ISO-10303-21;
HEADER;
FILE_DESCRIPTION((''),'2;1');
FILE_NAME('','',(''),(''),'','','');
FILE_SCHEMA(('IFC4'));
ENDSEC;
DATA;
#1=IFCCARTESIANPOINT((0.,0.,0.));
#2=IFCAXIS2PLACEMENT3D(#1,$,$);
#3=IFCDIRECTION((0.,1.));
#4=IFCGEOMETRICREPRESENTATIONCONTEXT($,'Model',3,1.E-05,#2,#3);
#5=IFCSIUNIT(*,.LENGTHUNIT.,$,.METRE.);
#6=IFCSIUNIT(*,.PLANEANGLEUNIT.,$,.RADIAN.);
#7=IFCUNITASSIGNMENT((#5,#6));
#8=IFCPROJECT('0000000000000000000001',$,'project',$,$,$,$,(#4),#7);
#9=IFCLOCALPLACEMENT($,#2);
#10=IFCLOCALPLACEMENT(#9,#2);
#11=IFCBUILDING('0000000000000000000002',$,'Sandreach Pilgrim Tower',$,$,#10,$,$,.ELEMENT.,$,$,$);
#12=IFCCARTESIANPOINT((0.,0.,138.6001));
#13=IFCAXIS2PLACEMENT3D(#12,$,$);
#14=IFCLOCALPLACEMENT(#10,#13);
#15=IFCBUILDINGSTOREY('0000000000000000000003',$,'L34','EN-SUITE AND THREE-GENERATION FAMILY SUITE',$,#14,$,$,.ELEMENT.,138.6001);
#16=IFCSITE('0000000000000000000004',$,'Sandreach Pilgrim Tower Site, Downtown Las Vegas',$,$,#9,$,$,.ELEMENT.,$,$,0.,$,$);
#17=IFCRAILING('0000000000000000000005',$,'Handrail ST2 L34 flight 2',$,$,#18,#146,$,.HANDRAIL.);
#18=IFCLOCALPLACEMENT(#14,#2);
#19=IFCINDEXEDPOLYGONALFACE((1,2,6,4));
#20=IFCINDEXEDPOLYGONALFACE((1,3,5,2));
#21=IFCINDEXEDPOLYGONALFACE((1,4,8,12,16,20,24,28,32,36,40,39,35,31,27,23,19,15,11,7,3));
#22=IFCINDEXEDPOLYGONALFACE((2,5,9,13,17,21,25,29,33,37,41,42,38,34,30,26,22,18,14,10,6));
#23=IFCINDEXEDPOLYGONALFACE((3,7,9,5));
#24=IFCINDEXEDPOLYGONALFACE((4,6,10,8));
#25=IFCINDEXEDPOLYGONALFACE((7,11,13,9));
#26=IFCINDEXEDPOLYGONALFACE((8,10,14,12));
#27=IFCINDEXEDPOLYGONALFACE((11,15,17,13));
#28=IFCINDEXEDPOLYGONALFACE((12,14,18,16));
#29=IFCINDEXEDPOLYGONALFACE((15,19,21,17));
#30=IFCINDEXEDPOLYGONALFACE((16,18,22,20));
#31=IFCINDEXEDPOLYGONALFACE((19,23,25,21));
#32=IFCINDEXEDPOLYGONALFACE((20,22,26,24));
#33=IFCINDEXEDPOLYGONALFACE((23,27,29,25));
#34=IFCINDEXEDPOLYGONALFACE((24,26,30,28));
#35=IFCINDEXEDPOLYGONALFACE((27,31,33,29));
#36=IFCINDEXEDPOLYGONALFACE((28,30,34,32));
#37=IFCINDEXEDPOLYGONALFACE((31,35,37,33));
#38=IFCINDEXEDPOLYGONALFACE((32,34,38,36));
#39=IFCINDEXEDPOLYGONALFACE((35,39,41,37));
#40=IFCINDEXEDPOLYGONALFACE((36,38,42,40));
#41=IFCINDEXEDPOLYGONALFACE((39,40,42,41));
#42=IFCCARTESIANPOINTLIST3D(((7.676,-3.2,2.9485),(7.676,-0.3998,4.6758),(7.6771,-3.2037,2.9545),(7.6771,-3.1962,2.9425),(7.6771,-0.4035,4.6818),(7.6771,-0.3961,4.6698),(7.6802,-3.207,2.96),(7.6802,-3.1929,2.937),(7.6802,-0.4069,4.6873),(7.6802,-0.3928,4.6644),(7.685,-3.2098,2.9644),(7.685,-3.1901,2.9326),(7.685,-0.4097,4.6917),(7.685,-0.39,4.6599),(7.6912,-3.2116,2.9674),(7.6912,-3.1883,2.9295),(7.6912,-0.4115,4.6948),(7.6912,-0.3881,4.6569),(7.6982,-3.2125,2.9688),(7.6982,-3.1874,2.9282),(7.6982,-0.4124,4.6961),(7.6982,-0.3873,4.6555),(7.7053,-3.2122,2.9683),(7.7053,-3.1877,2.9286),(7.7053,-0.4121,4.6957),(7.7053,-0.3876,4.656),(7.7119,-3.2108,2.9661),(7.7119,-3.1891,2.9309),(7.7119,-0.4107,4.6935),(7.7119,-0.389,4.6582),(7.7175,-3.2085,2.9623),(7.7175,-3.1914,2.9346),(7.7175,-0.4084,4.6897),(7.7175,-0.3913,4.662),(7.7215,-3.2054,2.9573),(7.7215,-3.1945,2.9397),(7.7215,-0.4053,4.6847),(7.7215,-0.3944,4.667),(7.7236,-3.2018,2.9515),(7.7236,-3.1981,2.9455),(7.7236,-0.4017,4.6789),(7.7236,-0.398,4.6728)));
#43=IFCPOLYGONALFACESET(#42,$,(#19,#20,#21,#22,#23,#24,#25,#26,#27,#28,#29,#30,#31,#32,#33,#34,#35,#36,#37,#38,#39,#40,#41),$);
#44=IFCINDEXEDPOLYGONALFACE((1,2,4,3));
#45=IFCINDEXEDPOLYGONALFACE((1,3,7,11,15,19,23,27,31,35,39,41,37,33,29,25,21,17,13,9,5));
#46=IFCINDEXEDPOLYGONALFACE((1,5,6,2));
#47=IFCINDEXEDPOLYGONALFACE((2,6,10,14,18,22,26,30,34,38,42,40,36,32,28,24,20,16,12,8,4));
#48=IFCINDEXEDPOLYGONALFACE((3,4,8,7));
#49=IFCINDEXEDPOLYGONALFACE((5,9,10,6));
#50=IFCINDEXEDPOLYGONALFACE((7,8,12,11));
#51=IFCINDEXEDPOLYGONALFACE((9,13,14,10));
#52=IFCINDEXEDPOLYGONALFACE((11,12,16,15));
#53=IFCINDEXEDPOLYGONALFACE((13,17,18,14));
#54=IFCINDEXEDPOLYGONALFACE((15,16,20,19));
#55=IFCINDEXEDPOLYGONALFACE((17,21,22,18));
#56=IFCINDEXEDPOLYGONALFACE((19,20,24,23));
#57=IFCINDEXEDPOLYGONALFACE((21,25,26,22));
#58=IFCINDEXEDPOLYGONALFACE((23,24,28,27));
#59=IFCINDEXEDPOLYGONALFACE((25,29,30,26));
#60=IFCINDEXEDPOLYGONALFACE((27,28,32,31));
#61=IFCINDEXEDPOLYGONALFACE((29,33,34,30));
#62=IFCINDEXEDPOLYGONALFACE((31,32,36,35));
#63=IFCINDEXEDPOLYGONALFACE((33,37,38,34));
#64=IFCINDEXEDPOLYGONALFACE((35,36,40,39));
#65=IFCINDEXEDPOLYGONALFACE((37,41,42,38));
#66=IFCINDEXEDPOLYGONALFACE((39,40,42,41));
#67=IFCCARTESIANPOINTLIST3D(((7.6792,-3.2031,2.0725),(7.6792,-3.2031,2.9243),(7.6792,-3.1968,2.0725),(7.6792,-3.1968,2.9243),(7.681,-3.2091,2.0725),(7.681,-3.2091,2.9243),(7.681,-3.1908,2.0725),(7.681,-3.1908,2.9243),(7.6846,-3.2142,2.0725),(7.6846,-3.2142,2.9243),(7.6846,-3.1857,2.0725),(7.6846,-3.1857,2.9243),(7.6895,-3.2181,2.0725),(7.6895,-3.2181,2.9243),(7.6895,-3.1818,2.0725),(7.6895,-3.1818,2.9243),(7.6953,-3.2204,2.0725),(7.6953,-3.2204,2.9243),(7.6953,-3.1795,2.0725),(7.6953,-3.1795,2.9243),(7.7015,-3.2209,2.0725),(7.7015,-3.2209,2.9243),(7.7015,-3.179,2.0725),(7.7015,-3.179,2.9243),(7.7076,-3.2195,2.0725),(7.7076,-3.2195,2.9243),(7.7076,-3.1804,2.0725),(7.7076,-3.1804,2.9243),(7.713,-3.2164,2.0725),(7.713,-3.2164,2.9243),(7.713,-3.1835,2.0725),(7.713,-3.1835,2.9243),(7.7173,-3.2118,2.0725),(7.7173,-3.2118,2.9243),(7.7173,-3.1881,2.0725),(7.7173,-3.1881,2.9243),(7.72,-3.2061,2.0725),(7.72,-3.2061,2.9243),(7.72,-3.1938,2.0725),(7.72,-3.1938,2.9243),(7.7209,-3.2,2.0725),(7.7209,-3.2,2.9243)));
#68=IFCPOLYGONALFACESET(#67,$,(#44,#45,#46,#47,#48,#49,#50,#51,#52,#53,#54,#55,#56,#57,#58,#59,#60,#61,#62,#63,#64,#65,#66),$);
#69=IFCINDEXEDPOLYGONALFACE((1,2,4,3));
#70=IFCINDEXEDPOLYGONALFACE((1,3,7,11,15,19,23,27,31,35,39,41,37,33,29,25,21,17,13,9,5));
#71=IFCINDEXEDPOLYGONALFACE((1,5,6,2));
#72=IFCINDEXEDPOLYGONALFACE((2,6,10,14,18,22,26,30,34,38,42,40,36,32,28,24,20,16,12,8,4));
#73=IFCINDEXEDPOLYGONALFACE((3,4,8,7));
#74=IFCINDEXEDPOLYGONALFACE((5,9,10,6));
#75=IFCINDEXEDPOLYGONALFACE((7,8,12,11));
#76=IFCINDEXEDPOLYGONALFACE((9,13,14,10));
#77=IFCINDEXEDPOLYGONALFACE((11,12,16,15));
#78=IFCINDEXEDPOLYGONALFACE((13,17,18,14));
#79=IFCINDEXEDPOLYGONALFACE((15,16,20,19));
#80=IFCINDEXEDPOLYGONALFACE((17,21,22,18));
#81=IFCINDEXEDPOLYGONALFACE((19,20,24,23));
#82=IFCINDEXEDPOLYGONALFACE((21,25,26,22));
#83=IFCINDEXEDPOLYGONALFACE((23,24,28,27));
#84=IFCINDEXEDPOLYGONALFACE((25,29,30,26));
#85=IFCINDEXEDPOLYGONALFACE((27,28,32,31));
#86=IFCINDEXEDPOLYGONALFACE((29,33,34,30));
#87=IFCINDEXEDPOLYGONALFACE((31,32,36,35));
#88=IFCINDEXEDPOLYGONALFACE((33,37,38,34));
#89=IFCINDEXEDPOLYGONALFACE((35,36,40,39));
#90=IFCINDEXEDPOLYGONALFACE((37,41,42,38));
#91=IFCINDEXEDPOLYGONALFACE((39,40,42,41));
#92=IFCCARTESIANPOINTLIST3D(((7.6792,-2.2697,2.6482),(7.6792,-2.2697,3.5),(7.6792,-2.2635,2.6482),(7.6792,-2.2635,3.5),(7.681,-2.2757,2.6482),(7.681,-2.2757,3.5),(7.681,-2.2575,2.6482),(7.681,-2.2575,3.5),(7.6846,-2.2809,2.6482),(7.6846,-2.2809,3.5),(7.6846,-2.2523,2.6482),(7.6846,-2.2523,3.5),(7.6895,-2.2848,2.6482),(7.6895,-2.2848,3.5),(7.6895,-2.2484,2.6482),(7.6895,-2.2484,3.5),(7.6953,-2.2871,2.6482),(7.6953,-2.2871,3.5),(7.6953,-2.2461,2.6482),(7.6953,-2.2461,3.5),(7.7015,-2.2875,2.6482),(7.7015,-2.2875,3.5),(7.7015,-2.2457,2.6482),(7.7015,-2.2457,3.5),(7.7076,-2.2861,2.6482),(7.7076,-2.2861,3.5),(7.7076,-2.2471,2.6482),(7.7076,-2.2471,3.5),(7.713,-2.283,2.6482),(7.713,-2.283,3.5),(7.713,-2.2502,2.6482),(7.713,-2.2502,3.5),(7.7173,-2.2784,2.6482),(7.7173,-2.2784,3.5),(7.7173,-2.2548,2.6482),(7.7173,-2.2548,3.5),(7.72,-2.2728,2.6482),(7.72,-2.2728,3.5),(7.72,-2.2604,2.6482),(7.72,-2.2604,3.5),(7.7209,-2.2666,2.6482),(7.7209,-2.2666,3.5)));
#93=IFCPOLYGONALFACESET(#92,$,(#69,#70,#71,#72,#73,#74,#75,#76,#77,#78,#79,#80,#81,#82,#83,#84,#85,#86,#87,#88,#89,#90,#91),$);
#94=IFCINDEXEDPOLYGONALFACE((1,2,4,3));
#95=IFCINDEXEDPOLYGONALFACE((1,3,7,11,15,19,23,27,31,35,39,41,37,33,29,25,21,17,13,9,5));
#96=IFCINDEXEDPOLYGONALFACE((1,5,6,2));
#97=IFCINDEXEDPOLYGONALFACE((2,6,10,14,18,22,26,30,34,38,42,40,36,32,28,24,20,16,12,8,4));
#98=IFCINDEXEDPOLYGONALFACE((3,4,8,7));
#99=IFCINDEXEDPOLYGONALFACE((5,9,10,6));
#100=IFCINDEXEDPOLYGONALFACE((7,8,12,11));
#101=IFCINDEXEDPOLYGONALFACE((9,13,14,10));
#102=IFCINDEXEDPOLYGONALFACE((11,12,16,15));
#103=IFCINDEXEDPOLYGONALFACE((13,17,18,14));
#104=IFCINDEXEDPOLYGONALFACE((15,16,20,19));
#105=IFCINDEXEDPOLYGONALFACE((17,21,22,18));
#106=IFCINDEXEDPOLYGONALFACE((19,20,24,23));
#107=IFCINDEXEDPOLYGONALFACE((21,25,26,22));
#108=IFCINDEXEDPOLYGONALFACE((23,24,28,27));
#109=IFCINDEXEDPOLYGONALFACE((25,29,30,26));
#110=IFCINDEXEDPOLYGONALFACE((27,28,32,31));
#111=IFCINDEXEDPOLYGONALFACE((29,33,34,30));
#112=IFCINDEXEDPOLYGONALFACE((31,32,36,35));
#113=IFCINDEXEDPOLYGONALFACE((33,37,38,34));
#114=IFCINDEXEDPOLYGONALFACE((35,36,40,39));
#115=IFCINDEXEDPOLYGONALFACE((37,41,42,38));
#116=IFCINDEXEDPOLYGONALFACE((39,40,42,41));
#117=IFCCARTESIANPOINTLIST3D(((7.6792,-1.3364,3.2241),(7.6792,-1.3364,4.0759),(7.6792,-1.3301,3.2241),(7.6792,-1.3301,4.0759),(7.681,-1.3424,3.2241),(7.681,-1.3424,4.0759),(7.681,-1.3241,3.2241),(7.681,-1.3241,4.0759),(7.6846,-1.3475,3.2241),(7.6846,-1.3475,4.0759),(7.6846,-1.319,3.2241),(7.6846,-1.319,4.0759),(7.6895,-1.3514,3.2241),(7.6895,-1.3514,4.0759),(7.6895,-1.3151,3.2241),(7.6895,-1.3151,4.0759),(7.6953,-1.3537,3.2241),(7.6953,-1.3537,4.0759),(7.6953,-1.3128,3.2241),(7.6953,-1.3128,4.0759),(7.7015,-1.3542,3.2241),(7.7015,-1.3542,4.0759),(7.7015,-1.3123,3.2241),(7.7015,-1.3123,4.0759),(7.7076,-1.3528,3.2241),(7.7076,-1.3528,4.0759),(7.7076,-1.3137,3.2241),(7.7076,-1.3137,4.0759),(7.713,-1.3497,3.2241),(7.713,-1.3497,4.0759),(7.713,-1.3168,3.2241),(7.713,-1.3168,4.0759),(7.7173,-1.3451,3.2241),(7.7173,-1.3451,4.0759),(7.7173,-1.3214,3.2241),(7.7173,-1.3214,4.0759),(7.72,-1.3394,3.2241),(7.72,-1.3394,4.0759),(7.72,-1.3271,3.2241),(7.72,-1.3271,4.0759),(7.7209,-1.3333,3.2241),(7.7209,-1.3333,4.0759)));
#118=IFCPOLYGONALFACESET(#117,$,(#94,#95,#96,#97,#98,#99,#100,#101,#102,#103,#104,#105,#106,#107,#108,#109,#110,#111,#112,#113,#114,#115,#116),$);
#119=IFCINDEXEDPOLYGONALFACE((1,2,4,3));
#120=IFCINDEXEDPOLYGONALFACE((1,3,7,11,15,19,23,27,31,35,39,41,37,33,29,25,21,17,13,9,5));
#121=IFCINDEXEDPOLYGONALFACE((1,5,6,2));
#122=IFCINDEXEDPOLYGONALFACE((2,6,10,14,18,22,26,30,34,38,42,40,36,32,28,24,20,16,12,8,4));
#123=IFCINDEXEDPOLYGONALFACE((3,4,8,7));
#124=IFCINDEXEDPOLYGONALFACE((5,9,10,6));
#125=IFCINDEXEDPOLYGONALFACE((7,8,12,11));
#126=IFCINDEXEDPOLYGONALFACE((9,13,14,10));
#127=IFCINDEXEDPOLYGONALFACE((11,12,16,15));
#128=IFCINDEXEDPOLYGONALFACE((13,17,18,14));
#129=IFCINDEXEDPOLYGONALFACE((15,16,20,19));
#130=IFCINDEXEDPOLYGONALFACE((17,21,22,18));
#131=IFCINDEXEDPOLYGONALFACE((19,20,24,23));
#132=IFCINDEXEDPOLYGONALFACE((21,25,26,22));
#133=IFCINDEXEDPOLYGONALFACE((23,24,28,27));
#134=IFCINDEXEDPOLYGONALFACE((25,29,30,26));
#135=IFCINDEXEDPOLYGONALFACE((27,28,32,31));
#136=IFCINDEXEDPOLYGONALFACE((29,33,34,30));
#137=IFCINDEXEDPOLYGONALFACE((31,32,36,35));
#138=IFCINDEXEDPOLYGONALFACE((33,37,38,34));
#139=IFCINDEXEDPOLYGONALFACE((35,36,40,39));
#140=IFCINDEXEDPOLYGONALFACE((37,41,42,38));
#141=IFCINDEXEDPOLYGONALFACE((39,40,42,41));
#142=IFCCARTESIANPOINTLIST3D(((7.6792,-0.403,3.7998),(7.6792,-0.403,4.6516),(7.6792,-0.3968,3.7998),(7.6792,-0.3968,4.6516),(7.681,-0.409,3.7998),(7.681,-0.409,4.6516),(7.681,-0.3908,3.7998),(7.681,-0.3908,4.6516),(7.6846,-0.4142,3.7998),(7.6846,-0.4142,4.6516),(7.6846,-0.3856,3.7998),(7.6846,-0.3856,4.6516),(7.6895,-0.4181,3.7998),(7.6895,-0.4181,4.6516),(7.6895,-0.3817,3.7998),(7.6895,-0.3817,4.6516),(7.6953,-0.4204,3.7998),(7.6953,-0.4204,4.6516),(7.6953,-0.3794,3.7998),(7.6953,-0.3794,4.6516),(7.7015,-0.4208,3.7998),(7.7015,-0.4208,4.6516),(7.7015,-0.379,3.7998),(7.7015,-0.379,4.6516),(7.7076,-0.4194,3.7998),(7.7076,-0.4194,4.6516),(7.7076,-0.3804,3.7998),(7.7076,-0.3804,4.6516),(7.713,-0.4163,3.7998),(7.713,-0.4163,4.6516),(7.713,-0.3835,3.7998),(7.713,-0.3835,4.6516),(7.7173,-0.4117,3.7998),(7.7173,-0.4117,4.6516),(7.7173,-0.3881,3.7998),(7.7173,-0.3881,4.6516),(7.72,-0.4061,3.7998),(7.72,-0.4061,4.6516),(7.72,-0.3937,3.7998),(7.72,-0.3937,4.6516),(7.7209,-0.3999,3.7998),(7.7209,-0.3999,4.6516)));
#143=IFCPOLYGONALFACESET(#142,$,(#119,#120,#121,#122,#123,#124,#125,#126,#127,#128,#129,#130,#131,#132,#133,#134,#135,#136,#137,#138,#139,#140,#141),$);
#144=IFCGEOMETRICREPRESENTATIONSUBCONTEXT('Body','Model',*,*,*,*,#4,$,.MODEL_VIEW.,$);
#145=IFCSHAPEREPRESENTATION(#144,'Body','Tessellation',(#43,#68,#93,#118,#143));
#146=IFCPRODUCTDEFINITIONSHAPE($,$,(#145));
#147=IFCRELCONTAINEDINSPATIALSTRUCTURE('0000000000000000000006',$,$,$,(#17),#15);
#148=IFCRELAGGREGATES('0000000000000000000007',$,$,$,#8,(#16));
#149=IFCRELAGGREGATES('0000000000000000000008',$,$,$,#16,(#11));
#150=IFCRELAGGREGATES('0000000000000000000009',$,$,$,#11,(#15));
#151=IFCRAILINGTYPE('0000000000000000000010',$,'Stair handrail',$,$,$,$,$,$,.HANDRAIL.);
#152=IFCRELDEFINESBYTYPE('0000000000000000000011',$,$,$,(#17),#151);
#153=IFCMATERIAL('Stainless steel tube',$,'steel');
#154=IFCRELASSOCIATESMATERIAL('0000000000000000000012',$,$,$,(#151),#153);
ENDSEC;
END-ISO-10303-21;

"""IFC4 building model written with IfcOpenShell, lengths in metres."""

from ifc_helpers import new_model, si_unit, direction, frame, origin, origin_2d, place, context, subcontext, project, spatial, circle, extrude, material, type_object, element, save


model = new_model("IFC4")

# Units and contexts
model_context = context("Model", 3, precision=1e-05, world=origin(), true_north=direction((0.0, 1.0)))
body_context = subcontext(model_context, "Body", "Model", "MODEL_VIEW")
ifc_project = project(units=[si_unit("LENGTHUNIT", "METRE"), si_unit("PLANEANGLEUNIT", "RADIAN")], contexts=[model_context])

# Site, building, storey
site_placement = place(None, origin())
site = spatial("IfcSite", under=ifc_project, at=site_placement, Name="Sandreach Pilgrim Tower Site, Downtown Las Vegas", CompositionType="ELEMENT", RefElevation=0.0)
building_placement = place(site_placement, origin())
building = spatial("IfcBuilding", under=site, at=building_placement, Name="Sandreach Pilgrim Tower", CompositionType="ELEMENT")
storey_placement = place(building_placement, frame((0.0, 0.0, 138.6001)))
storey = spatial("IfcBuildingStorey", under=building, at=storey_placement, Name="L34", Description="EN-SUITE AND THREE-GENERATION FAMILY SUITE", CompositionType="ELEMENT", Elevation=138.6001)

# Railing
ifc_material_1 = material(Name="Stainless steel tube", Category="steel")
railing_type = type_object("IfcRailingType", Name="Stair handrail", PredefinedType="HANDRAIL", material=ifc_material_1)
for number, where, name in (
    (1, (7.7, -3.2, 2.0725), "Handrail ST2 L34 flight 2"),
):
    element("IfcRailing", number, at=place(storey_placement, frame(where)), inside=storey, type_object=railing_type, Name=name, PredefinedType="HANDRAIL", context=body_context, shape_type="SweptSolid", body=[
        extrude(circle(Radius=0.0239, at=origin_2d()), frame((0.0, 0.0, 0.876), z_axis=(0.0, 0.85109, 0.52502), x_axis=(-1.0, 0.0, 0.0)), (0.0, 0.0, 1.0), 3.29),
        extrude(circle(Radius=0.021, at=origin_2d()), origin(), (0.0, 0.0, 1.0), 0.8518),
        extrude(circle(Radius=0.021, at=origin_2d()), frame((0.0, 0.9333, 0.5757)), (0.0, 0.0, 1.0), 0.8518),
        extrude(circle(Radius=0.021, at=origin_2d()), frame((0.0, 1.8667, 1.1516)), (0.0, 0.0, 1.0), 0.8518),
        extrude(circle(Radius=0.021, at=origin_2d()), frame((0.0, 2.8, 1.7273)), (0.0, 0.0, 1.0), 0.8518),
    ])

save(model, "model.ifc")
